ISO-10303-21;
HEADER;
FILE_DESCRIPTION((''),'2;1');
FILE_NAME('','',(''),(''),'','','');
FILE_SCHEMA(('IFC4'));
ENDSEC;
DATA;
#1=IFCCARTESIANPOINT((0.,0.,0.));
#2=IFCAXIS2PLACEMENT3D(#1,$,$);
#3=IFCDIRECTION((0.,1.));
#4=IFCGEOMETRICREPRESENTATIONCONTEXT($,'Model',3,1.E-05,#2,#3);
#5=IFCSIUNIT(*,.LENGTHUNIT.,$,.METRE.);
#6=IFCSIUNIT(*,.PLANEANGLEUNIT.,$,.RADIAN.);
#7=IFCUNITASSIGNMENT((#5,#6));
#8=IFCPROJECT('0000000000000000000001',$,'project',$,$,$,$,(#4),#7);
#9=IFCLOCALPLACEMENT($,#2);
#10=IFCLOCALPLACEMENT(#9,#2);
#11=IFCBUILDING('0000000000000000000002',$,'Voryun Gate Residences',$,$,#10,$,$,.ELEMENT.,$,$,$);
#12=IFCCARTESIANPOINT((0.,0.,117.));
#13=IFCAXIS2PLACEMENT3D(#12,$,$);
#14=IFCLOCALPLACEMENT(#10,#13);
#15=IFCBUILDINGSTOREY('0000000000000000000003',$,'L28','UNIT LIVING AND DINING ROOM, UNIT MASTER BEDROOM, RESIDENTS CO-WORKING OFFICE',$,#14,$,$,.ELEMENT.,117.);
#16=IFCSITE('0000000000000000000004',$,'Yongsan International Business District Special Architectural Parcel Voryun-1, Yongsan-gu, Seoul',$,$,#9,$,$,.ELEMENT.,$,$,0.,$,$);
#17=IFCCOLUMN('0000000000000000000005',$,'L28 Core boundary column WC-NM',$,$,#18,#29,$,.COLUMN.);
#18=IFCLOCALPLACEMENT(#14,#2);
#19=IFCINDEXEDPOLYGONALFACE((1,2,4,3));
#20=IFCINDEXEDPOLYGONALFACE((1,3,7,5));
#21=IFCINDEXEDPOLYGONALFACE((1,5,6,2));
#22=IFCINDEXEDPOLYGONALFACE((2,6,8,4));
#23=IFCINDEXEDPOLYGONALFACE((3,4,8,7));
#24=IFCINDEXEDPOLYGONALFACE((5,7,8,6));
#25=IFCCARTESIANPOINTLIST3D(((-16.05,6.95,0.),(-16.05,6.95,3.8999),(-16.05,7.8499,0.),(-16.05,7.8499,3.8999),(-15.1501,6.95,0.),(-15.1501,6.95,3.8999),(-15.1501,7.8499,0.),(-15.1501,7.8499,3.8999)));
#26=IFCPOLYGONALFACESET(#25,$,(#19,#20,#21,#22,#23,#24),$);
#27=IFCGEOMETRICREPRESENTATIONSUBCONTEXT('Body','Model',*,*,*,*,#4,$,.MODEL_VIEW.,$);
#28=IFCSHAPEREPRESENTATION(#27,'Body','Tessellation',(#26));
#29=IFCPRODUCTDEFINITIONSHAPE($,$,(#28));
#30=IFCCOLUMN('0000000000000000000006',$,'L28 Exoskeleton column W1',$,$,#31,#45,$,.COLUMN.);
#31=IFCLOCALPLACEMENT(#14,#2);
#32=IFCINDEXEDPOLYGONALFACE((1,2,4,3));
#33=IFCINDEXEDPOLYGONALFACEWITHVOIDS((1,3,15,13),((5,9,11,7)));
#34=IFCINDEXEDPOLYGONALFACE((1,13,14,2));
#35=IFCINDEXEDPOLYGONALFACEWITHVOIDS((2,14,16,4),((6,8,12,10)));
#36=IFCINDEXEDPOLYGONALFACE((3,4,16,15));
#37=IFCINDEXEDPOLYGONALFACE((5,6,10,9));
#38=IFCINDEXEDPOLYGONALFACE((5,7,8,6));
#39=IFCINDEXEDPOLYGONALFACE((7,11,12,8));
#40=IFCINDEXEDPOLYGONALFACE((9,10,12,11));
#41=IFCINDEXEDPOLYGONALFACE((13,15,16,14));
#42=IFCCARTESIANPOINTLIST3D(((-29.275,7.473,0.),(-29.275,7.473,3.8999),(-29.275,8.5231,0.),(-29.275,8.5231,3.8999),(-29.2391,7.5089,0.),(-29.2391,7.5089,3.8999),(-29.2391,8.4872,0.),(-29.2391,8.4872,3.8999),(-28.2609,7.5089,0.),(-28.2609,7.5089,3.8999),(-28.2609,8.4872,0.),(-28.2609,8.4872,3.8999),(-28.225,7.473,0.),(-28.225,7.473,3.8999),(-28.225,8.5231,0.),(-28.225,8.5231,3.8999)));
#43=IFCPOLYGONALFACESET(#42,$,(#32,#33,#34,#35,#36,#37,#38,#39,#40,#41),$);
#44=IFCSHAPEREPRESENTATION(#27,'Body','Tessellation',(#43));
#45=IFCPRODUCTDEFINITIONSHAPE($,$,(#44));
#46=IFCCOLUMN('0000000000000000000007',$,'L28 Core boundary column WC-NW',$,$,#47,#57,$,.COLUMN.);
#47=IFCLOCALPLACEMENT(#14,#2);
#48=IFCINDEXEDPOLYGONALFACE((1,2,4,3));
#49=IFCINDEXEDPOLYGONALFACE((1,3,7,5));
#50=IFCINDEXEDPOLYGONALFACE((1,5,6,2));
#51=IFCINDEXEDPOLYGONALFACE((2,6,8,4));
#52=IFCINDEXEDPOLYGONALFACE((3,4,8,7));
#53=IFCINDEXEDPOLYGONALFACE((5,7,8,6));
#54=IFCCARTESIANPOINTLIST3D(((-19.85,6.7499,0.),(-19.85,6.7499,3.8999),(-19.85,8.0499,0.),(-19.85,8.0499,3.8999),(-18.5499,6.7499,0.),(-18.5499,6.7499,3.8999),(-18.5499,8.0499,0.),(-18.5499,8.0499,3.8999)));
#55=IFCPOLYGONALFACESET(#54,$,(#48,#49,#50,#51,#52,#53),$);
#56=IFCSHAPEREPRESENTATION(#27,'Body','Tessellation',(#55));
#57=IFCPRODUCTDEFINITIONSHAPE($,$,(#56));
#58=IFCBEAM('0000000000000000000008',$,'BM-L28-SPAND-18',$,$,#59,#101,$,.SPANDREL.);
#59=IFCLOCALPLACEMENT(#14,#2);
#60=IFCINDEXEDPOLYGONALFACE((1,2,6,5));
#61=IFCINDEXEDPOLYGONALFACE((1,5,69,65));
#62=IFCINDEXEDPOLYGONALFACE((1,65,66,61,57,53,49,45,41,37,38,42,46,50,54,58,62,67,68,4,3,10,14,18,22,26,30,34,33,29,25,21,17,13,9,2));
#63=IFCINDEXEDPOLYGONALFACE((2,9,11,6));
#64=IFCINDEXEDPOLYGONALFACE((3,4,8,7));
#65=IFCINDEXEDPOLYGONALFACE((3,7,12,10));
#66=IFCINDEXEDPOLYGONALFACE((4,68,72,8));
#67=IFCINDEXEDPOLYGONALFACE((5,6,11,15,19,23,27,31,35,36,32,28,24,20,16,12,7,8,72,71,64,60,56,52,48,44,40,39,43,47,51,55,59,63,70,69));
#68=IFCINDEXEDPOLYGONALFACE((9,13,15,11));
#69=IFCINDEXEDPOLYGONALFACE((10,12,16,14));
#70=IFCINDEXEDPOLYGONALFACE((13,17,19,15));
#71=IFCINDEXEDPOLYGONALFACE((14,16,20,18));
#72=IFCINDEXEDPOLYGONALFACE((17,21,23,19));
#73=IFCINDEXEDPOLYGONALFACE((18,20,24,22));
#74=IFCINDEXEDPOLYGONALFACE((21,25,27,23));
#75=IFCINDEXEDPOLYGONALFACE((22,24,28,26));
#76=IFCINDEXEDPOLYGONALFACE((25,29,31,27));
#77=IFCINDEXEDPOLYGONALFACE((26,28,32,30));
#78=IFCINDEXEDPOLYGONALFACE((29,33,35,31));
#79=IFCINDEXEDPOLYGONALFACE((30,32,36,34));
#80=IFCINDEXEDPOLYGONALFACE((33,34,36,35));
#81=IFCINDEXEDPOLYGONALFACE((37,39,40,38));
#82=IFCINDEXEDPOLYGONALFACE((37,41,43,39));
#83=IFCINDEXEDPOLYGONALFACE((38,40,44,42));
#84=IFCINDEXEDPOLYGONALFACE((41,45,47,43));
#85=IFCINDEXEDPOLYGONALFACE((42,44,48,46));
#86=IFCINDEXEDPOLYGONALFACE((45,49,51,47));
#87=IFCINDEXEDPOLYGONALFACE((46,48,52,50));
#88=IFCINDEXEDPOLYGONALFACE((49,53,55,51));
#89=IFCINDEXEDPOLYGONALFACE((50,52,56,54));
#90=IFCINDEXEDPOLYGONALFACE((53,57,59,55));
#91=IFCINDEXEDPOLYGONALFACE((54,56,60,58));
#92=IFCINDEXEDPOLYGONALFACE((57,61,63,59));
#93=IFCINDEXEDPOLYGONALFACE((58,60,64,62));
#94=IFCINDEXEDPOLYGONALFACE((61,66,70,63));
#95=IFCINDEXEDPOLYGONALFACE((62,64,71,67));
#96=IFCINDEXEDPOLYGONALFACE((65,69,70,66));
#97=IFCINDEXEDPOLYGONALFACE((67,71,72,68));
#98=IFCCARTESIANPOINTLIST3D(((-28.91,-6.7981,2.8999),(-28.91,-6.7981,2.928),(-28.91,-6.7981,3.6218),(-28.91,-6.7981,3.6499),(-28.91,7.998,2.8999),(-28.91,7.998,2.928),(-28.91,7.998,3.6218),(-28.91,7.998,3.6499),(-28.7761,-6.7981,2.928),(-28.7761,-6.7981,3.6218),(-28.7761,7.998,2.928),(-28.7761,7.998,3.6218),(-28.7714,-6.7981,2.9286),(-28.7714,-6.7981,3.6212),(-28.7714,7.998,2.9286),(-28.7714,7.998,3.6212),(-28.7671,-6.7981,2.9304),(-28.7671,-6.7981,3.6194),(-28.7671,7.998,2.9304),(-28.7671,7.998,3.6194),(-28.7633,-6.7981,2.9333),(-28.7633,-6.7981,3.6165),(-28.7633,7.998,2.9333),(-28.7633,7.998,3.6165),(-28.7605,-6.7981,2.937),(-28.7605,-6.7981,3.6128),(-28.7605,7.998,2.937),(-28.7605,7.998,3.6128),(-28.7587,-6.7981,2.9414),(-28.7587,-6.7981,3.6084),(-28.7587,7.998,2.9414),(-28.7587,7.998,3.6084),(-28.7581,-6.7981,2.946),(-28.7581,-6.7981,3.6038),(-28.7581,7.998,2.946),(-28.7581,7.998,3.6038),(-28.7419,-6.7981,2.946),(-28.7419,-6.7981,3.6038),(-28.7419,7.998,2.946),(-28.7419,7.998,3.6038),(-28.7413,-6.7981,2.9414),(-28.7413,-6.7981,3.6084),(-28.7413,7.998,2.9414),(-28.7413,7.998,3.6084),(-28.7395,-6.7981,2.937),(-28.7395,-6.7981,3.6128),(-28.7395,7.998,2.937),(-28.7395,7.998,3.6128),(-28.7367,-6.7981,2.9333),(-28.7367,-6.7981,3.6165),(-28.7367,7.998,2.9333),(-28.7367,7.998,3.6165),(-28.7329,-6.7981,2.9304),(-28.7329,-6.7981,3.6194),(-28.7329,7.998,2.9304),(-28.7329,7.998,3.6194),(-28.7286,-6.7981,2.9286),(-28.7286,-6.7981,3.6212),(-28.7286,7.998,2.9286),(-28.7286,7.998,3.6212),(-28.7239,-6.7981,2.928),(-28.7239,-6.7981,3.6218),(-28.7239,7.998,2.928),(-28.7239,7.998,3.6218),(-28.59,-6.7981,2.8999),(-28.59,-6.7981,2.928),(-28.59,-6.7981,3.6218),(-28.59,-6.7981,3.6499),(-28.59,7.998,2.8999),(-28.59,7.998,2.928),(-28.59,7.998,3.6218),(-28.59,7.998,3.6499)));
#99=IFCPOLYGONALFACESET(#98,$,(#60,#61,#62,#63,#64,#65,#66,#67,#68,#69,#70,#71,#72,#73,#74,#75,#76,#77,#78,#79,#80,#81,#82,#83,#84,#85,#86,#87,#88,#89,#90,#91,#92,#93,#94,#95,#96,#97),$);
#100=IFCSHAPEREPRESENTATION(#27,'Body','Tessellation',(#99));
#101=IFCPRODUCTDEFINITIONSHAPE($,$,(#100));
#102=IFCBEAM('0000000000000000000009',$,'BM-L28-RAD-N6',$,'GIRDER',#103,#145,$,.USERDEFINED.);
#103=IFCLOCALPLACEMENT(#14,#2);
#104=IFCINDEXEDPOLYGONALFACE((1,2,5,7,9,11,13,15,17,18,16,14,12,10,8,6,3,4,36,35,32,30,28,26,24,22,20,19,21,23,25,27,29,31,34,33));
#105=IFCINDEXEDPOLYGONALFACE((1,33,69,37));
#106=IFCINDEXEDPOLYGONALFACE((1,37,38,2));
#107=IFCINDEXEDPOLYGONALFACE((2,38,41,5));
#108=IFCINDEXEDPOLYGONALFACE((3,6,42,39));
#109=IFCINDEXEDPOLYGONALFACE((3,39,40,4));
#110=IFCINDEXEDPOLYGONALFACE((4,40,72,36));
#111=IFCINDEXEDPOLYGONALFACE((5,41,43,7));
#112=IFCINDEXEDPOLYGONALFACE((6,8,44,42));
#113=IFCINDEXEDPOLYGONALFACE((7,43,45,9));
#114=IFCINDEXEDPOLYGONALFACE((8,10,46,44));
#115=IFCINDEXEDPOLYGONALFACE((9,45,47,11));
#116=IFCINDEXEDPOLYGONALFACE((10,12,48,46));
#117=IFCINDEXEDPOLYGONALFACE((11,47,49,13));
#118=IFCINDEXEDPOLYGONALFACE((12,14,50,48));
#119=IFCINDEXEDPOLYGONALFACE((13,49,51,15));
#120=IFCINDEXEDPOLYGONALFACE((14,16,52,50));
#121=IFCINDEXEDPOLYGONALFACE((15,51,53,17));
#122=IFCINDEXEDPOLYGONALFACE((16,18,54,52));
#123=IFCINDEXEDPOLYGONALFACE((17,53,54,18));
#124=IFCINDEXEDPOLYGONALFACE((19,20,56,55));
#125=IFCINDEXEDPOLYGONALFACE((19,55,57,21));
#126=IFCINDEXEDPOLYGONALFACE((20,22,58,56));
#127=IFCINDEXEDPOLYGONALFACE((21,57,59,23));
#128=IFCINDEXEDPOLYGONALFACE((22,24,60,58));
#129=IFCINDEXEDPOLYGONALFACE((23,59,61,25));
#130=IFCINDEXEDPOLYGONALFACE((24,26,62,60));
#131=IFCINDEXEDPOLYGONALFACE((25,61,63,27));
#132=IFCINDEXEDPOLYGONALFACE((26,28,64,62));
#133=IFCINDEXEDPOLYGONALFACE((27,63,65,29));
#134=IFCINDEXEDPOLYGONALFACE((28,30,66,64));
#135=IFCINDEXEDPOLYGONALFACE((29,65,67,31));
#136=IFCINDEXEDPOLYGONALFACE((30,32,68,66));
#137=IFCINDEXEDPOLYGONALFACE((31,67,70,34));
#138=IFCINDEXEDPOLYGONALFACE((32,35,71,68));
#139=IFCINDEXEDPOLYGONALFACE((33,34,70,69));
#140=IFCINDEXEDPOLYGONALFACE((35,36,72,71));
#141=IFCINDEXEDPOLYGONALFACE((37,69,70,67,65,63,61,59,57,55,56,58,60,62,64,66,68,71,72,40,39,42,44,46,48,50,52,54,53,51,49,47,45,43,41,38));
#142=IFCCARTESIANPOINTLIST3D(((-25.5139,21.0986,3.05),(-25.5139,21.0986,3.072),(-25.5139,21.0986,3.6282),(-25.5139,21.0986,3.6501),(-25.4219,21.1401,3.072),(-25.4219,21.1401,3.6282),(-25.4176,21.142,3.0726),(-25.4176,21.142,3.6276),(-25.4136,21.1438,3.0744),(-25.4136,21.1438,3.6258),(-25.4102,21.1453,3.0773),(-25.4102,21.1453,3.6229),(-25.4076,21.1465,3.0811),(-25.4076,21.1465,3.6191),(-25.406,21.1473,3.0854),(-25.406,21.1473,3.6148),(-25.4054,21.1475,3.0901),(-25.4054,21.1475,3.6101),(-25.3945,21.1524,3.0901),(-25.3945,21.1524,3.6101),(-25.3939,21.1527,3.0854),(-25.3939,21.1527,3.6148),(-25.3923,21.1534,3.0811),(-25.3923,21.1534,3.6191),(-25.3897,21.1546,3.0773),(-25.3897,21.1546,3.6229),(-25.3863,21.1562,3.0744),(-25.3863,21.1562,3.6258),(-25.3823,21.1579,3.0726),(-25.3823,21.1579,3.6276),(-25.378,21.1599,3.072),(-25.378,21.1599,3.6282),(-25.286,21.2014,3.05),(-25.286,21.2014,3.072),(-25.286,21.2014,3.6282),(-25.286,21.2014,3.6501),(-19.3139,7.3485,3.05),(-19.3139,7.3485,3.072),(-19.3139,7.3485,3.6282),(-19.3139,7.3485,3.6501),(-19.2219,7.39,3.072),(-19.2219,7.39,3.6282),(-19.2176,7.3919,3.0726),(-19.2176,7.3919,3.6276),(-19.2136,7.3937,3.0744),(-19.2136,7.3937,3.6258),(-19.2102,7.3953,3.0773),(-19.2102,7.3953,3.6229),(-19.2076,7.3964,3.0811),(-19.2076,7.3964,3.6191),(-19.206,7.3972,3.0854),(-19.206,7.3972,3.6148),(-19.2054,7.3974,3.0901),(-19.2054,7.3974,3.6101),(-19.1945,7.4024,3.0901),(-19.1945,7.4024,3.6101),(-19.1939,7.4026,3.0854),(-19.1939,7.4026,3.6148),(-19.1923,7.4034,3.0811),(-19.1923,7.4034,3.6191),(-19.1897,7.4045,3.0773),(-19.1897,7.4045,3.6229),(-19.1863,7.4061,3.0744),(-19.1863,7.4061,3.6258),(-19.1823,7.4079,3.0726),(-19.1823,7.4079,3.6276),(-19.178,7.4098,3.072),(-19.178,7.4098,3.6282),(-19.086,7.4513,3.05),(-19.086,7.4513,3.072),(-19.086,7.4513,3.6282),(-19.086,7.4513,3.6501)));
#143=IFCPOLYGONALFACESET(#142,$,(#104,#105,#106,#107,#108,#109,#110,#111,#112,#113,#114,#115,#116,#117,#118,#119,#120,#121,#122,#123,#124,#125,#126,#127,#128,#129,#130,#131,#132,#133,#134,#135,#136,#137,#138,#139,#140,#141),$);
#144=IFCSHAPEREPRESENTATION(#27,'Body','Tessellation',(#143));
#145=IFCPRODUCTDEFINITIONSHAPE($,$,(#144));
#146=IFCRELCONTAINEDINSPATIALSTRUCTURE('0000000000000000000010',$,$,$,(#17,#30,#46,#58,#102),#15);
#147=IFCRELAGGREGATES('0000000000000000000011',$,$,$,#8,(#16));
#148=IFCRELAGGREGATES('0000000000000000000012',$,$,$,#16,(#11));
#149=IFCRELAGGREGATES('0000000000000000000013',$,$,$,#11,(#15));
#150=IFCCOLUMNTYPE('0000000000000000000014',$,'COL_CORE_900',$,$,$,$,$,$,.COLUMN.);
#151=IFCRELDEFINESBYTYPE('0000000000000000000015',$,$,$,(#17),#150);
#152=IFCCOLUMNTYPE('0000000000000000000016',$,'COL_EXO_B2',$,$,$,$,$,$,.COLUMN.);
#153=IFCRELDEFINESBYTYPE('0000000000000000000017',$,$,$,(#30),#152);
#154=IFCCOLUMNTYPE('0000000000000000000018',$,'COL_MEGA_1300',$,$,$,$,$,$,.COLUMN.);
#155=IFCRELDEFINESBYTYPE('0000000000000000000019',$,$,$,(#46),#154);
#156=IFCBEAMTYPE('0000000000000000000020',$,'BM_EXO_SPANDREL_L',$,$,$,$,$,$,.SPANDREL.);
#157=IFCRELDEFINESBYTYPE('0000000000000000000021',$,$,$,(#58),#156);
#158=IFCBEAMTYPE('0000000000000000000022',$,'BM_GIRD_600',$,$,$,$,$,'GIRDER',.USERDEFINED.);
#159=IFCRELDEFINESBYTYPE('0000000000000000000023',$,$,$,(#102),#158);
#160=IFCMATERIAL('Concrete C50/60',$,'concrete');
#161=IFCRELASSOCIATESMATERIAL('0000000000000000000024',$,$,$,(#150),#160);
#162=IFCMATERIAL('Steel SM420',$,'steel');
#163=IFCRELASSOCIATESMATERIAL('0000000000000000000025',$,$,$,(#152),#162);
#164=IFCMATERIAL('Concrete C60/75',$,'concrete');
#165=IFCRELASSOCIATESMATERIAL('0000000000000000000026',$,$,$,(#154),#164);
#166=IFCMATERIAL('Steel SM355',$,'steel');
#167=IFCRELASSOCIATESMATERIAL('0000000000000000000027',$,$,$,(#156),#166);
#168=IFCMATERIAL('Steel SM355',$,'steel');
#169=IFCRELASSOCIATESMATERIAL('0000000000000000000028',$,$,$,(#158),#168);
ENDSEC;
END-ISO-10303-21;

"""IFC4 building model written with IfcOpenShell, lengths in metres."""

from ifc_helpers import new_model, si_unit, direction, frame, origin, origin_2d, place, context, subcontext, project, spatial, rectangle, hollow_rectangle, i_section, extrude, material, material_profile, profile_set, type_object, element, save


model = new_model("IFC4")

# Units and contexts
model_context = context("Model", 3, precision=1e-05, world=origin(), true_north=direction((0.0, 1.0)))
body_context = subcontext(model_context, "Body", "Model", "MODEL_VIEW")
ifc_project = project(units=[si_unit("LENGTHUNIT", "METRE"), si_unit("PLANEANGLEUNIT", "RADIAN")], contexts=[model_context])

# Site, building, storey
site_placement = place(None, origin())
site = spatial("IfcSite", under=ifc_project, at=site_placement, Name="Yongsan International Business District Special Architectural Parcel Voryun-1, Yongsan-gu, Seoul", CompositionType="ELEMENT", RefElevation=0.0)
building_placement = place(site_placement, origin())
building = spatial("IfcBuilding", under=site, at=building_placement, Name="Voryun Gate Residences", CompositionType="ELEMENT")
storey_placement = place(building_placement, frame((0.0, 0.0, 117.0)))
storey = spatial("IfcBuildingStorey", under=building, at=storey_placement, Name="L28", Description="UNIT LIVING AND DINING ROOM, UNIT MASTER BEDROOM, RESIDENTS CO-WORKING OFFICE", CompositionType="ELEMENT", Elevation=117.0)

# Columns
ifc_material_1 = material(Name="Concrete C50/60", Category="concrete")
ifc_material_profile_1 = material_profile(ifc_material_1, rectangle(XDim=0.8999, YDim=0.8999, at=origin_2d()), Name="RC-900x900")
ifc_profile_set_1 = profile_set([ifc_material_profile_1], Name="Concrete C50/60")
column_type_1 = type_object("IfcColumnType", Name="COL_CORE_900", PredefinedType="COLUMN", material=ifc_profile_set_1)
column_1_placement = place(storey_placement, frame((-15.6001, 7.3999, 0.0), z_axis=(0.0, 0.0, 1.0), x_axis=(1.0, 0.0, 0.0)))
element("IfcColumn", 1, at=column_1_placement, inside=storey, type_object=column_type_1, Name="L28 Core boundary column WC-NM", PredefinedType="COLUMN", context=body_context, shape_type="SweptSolid", body=[
    extrude(rectangle(XDim=0.8999, YDim=0.8999, at=origin_2d()), origin(), (0.0, 0.0, 1.0), 3.8999),
])
ifc_material_2 = material(Name="Steel SM420", Category="steel")
ifc_material_profile_2 = material_profile(ifc_material_2, hollow_rectangle(XDim=1.05, YDim=1.05, WallThickness=0.0359, at=origin_2d()), Name="BOX-1050x1050x36")
ifc_profile_set_2 = profile_set([ifc_material_profile_2], Name="Steel SM420")
column_type_2 = type_object("IfcColumnType", Name="COL_EXO_B2", PredefinedType="COLUMN", material=ifc_profile_set_2)
column_2_placement = place(storey_placement, frame((-28.75, 7.998, 0.0), z_axis=(0.0, 0.0, 1.0), x_axis=(1.0, 0.0, 0.0)))
element("IfcColumn", 2, at=column_2_placement, inside=storey, type_object=column_type_2, Name="L28 Exoskeleton column W1", PredefinedType="COLUMN", context=body_context, shape_type="SweptSolid", body=[
    extrude(hollow_rectangle(XDim=1.05, YDim=1.05, WallThickness=0.0359, at=origin_2d()), origin(), (0.0, 0.0, 1.0), 3.8999),
])
ifc_material_3 = material(Name="Concrete C60/75", Category="concrete")
ifc_material_profile_3 = material_profile(ifc_material_3, rectangle(XDim=1.3, YDim=1.3, at=origin_2d()), Name="RC-1300x1300")
ifc_profile_set_3 = profile_set([ifc_material_profile_3], Name="Concrete C60/75")
column_type_3 = type_object("IfcColumnType", Name="COL_MEGA_1300", PredefinedType="COLUMN", material=ifc_profile_set_3)
column_3_placement = place(storey_placement, frame((-19.2, 7.3999, 0.0), z_axis=(0.0, 0.0, 1.0), x_axis=(1.0, 0.0, 0.0)))
element("IfcColumn", 3, at=column_3_placement, inside=storey, type_object=column_type_3, Name="L28 Core boundary column WC-NW", PredefinedType="COLUMN", context=body_context, shape_type="SweptSolid", body=[
    extrude(rectangle(XDim=1.3, YDim=1.3, at=origin_2d()), origin(), (0.0, 0.0, 1.0), 3.8999),
])

# Beams
ifc_material_4 = material(Name="Steel SM355", Category="steel")
ifc_material_profile_4 = material_profile(ifc_material_4, i_section(OverallWidth=0.3201, OverallDepth=0.75, WebThickness=0.0161, FlangeThickness=0.0281, FilletRadius=0.0181, at=origin_2d()), Name="H-750x320x16x28")
ifc_profile_set_4 = profile_set([ifc_material_profile_4], Name="Steel SM355")
beam_type_1 = type_object("IfcBeamType", Name="BM_EXO_SPANDREL_L", PredefinedType="SPANDREL", material=ifc_profile_set_4)
beam_1_placement = place(storey_placement, frame((-28.75, 7.998, 3.2749), z_axis=(0.0, -1.0, 0.0), x_axis=(1.0, 0.0, 0.0)))
element("IfcBeam", 4, at=beam_1_placement, inside=storey, type_object=beam_type_1, Name="BM-L28-SPAND-18", PredefinedType="SPANDREL", context=body_context, shape_type="SweptSolid", body=[
    extrude(i_section(OverallWidth=0.3201, OverallDepth=0.75, WebThickness=0.0161, FlangeThickness=0.0281, FilletRadius=0.0181, at=origin_2d()), origin(), (0.0, 0.0, 1.0), 14.7961),
])
ifc_material_5 = material(Name="Steel SM355", Category="steel")
ifc_material_profile_5 = material_profile(ifc_material_5, i_section(OverallWidth=0.25, OverallDepth=0.6001, WebThickness=0.012, FlangeThickness=0.022, FilletRadius=0.0181, at=origin_2d()), Name="H-600x250x12x22")
ifc_profile_set_5 = profile_set([ifc_material_profile_5], Name="Steel SM355")
beam_type_2 = type_object("IfcBeamType", Name="BM_GIRD_600", ElementType="GIRDER", PredefinedType="USERDEFINED", material=ifc_profile_set_5)
beam_2_placement = place(storey_placement, frame((-19.2, 7.3999, 3.3501), z_axis=(-0.411051, 0.911612, 0.0), x_axis=(-0.911612, -0.411051, 0.0)))
element("IfcBeam", 5, at=beam_2_placement, inside=storey, type_object=beam_type_2, Name="BM-L28-RAD-N6", ObjectType="GIRDER", PredefinedType="USERDEFINED", context=body_context, shape_type="SweptSolid", body=[
    extrude(i_section(OverallWidth=0.25, OverallDepth=0.6001, WebThickness=0.012, FlangeThickness=0.022, FilletRadius=0.0181, at=origin_2d()), origin(), (0.0, 0.0, 1.0), 15.0833),
])

save(model, "model.ifc")
